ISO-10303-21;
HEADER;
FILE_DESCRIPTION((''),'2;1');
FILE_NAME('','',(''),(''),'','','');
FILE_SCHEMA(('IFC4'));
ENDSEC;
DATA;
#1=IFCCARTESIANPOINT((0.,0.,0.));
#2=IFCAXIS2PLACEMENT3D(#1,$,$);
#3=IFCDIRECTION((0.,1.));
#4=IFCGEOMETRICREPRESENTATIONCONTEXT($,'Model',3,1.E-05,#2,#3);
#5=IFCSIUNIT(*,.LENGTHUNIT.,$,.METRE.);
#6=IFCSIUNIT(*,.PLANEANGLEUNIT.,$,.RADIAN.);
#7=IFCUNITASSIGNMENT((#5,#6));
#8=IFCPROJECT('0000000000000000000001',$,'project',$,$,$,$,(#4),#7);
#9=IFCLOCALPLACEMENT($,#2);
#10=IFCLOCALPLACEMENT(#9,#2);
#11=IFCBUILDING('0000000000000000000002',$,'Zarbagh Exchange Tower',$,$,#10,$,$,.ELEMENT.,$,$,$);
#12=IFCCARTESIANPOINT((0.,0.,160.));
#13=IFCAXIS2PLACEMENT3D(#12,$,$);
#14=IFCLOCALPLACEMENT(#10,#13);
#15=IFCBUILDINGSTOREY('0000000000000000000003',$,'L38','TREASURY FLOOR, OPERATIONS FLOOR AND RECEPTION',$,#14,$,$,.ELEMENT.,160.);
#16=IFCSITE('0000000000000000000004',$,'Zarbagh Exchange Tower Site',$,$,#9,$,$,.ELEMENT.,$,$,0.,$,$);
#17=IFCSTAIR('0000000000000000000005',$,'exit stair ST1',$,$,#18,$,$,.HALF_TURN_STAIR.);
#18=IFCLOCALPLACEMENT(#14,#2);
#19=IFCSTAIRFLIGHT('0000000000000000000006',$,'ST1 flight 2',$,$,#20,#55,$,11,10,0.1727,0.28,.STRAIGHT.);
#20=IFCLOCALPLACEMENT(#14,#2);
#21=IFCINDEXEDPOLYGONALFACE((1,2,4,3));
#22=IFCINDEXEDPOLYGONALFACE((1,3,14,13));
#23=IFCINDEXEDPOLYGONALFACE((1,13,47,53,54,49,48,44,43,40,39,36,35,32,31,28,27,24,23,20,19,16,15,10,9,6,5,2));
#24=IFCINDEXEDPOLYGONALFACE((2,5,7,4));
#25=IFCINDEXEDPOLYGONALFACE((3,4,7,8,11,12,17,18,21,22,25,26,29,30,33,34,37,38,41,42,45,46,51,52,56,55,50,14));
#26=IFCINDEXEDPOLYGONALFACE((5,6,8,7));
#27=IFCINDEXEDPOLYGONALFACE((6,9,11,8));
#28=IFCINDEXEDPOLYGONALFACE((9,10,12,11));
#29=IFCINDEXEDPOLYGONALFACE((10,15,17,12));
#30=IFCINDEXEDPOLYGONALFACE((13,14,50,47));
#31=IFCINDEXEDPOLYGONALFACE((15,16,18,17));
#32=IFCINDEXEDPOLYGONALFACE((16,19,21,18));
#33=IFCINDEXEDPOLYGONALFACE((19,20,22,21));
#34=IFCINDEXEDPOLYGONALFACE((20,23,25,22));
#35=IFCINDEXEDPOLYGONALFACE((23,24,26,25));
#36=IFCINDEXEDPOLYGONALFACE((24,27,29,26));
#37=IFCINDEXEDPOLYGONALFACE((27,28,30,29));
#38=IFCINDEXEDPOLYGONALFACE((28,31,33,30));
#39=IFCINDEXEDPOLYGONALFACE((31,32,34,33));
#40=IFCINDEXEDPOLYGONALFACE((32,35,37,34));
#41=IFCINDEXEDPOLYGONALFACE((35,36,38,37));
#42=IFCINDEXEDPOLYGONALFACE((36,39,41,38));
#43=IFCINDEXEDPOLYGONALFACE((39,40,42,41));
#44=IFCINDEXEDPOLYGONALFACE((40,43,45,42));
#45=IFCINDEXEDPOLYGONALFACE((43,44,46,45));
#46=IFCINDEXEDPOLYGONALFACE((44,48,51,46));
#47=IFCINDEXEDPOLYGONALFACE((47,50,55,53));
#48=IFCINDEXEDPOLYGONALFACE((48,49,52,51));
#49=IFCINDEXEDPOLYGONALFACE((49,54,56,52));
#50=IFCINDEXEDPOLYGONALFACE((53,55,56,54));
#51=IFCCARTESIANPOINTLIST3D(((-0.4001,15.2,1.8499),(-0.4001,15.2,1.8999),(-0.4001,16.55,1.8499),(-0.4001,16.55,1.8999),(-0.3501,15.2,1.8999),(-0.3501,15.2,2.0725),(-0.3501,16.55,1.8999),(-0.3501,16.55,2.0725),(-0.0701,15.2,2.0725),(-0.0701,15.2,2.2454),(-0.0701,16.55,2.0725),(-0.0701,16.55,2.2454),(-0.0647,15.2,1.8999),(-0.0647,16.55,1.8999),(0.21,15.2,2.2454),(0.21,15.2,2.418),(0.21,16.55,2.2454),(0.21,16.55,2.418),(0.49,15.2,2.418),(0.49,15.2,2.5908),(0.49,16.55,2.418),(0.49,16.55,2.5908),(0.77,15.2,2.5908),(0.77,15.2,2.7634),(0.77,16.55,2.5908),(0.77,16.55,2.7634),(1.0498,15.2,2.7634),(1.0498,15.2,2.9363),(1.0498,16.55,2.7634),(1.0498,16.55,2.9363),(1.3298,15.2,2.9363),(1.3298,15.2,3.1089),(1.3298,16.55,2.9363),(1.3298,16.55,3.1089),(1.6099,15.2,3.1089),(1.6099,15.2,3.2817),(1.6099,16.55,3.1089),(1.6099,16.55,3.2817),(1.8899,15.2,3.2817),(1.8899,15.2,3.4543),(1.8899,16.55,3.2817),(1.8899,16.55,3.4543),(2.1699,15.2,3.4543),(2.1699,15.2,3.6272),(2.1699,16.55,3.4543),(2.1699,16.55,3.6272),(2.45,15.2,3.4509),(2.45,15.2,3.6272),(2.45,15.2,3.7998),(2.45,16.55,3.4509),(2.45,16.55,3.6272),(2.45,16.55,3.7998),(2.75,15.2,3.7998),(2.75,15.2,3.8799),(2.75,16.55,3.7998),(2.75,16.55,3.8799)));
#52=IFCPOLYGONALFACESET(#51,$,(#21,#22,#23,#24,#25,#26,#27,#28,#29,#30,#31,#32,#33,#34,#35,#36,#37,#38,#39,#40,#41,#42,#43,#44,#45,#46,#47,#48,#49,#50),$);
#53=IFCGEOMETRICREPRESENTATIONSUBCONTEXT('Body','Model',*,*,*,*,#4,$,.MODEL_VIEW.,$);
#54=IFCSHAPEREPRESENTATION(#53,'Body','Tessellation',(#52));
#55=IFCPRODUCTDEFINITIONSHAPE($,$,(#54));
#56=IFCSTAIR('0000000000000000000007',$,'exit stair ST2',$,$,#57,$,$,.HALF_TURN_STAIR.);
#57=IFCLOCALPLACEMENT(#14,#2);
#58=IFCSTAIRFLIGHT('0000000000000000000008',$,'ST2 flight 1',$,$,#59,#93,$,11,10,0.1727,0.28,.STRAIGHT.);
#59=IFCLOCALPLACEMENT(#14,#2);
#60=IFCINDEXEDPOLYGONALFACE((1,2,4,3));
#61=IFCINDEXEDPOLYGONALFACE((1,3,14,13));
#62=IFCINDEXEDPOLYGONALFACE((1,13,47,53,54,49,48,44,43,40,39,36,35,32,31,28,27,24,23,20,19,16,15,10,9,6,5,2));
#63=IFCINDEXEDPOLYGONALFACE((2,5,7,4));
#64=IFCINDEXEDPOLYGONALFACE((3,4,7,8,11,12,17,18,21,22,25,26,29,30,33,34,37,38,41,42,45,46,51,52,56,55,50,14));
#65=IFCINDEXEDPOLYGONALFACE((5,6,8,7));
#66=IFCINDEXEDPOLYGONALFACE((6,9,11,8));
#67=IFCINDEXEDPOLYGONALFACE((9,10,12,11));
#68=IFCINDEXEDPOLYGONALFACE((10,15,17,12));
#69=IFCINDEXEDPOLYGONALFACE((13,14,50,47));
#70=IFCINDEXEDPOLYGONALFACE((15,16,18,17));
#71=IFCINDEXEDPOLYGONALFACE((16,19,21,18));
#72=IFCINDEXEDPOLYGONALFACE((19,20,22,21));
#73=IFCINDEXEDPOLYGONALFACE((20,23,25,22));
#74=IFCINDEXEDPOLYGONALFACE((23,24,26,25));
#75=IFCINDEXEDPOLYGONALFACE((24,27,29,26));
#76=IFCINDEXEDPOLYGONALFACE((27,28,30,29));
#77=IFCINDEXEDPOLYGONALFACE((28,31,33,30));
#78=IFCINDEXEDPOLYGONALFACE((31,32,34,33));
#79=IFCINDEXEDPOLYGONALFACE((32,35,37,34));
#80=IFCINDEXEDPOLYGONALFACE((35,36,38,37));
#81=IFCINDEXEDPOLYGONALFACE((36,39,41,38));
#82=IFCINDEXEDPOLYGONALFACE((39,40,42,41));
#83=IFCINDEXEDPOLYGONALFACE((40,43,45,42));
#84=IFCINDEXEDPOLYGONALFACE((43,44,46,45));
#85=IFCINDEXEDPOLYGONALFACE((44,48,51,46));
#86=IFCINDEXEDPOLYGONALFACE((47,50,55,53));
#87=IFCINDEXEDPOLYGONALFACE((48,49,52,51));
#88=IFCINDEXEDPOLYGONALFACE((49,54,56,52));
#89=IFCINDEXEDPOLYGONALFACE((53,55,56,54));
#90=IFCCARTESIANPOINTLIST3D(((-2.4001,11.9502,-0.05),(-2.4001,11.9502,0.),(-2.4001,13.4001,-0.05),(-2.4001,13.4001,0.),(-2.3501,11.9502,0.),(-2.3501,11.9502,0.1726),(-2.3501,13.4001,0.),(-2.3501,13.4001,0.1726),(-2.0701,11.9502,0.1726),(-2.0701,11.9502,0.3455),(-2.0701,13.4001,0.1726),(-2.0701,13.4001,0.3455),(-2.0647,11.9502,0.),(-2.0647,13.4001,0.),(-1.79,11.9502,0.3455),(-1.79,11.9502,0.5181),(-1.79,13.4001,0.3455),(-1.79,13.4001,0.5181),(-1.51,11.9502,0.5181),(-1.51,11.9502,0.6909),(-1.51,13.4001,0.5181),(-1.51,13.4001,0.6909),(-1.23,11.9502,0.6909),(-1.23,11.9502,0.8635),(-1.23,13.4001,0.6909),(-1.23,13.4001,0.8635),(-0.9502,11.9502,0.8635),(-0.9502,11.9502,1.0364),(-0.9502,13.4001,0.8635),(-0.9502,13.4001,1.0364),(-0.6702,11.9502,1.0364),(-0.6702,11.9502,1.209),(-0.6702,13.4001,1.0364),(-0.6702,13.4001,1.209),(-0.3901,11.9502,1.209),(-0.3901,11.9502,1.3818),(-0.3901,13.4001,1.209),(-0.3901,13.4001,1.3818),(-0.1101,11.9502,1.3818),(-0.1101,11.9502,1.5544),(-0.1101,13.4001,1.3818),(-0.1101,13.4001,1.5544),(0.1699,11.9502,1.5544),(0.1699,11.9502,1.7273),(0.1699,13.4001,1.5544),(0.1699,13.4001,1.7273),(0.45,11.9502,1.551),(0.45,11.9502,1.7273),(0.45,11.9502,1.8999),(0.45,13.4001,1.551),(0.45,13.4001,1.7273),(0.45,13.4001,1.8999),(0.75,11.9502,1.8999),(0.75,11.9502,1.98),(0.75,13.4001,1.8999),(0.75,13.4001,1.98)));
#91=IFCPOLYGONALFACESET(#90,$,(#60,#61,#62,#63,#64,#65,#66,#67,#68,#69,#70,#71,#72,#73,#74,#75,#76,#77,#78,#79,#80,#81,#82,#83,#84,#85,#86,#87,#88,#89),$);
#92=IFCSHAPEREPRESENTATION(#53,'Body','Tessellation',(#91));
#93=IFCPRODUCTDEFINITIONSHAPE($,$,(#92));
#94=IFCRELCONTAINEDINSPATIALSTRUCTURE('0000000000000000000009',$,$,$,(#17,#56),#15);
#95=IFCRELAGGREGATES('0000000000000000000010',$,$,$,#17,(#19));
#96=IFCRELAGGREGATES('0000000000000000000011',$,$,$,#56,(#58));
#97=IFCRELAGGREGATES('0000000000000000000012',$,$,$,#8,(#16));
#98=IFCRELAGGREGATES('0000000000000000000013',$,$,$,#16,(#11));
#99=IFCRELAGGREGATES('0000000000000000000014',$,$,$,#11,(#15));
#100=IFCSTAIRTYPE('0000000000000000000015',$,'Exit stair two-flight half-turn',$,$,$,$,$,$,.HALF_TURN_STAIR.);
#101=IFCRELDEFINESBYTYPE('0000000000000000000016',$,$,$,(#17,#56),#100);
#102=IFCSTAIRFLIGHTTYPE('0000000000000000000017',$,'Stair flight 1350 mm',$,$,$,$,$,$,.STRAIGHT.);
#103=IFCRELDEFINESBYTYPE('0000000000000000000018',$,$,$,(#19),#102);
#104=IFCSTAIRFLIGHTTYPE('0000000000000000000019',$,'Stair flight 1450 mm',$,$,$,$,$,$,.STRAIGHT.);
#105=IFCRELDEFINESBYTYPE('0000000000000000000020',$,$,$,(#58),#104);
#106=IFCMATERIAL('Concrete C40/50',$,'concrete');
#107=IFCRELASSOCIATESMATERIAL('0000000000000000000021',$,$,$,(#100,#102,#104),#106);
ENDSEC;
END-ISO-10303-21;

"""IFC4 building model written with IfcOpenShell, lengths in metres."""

from ifc_helpers import new_model, si_unit, direction, frame, origin, place, context, subcontext, project, spatial, polyline, outline, extrude, material, type_object, element, aggregate, save


model = new_model("IFC4")

# Units and contexts
model_context = context("Model", 3, precision=1e-05, world=origin(), true_north=direction((0.0, 1.0)))
body_context = subcontext(model_context, "Body", "Model", "MODEL_VIEW")
ifc_project = project(units=[si_unit("LENGTHUNIT", "METRE"), si_unit("PLANEANGLEUNIT", "RADIAN")], contexts=[model_context])

# Site, building, storey
site_placement = place(None, origin())
site = spatial("IfcSite", under=ifc_project, at=site_placement, Name="Zarbagh Exchange Tower Site", CompositionType="ELEMENT", RefElevation=0.0)
building_placement = place(site_placement, origin())
building = spatial("IfcBuilding", under=site, at=building_placement, Name="Zarbagh Exchange Tower", CompositionType="ELEMENT")
storey_placement = place(building_placement, frame((0.0, 0.0, 160.0)))
storey = spatial("IfcBuildingStorey", under=building, at=storey_placement, Name="L38", Description="TREASURY FLOOR, OPERATIONS FLOOR AND RECEPTION", CompositionType="ELEMENT", Elevation=160.0)

# Stairs, stair flights
ifc_material_1 = material(Name="Concrete C40/50", Category="concrete")
stair_type = type_object("IfcStairType", Name="Exit stair two-flight half-turn", PredefinedType="HALF_TURN_STAIR", material=ifc_material_1)
stair_1_placement = place(storey_placement, origin())
stair_1 = element("IfcStair", 1, at=stair_1_placement, inside=storey, type_object=stair_type, Name="exit stair ST1", PredefinedType="HALF_TURN_STAIR")
stair_flight_type_1 = type_object("IfcStairFlightType", Name="Stair flight 1350 mm", PredefinedType="STRAIGHT", material=ifc_material_1)
stair_flight_1_placement = place(storey_placement, frame((-0.3501, 15.875, 1.8999), z_axis=(0.0, 0.0, 1.0), x_axis=(1.0, 0.0, 0.0)))
stair_flight_1 = element("IfcStairFlight", 2, at=stair_flight_1_placement, type_object=stair_flight_type_1, Name="ST1 flight 2", NumberOfRisers=11, NumberOfTreads=10, PredefinedType="STRAIGHT", RiserHeight=0.1727, TreadLength=0.28, context=body_context, shape_type="SweptSolid", body=[
    extrude(outline(polyline([(-0.05, -0.05), (-0.05, 0.0), (0.0, 0.0), (0.0, 0.1726), (0.28, 0.1726), (0.28, 0.3455), (0.5601, 0.3455), (0.5601, 0.5181), (0.8401, 0.5181), (0.8401, 0.6909), (1.1201, 0.6909), (1.1201, 0.8635), (1.3999, 0.8635), (1.3999, 1.0364), (1.6799, 1.0364), (1.6799, 1.209), (1.96, 1.209), (1.96, 1.3818), (2.24, 1.3818), (2.24, 1.5544), (2.52, 1.5544), (2.52, 1.7273), (2.8, 1.7273), (2.8, 1.8999), (3.1001, 1.98), (3.1001, 1.8999), (2.8, 1.551), (0.2854, 0.0), (-0.05, -0.05)])), frame((0.0, 0.675, 0.0), z_axis=(0.0, -1.0, 0.0), x_axis=(1.0, 0.0, 0.0)), (0.0, 0.0, 1.0), 1.3501),
])
aggregate(stair_1, [stair_flight_1])
stair_2_placement = place(storey_placement, origin())
stair_2 = element("IfcStair", 3, at=stair_2_placement, inside=storey, type_object=stair_type, Name="exit stair ST2", PredefinedType="HALF_TURN_STAIR")
stair_flight_type_2 = type_object("IfcStairFlightType", Name="Stair flight 1450 mm", PredefinedType="STRAIGHT", material=ifc_material_1)
stair_flight_2_placement = place(storey_placement, frame((-2.3501, 12.675, 0.0), z_axis=(0.0, 0.0, 1.0), x_axis=(1.0, 0.0, 0.0)))
stair_flight_2 = element("IfcStairFlight", 4, at=stair_flight_2_placement, type_object=stair_flight_type_2, Name="ST2 flight 1", NumberOfRisers=11, NumberOfTreads=10, PredefinedType="STRAIGHT", RiserHeight=0.1727, TreadLength=0.28, context=body_context, shape_type="SweptSolid", body=[
    extrude(outline(polyline([(-0.05, -0.05), (-0.05, 0.0), (0.0, 0.0), (0.0, 0.1726), (0.28, 0.1726), (0.28, 0.3455), (0.5601, 0.3455), (0.5601, 0.5181), (0.8401, 0.5181), (0.8401, 0.6909), (1.1201, 0.6909), (1.1201, 0.8635), (1.3999, 0.8635), (1.3999, 1.0364), (1.6799, 1.0364), (1.6799, 1.209), (1.96, 1.209), (1.96, 1.3818), (2.24, 1.3818), (2.24, 1.5544), (2.52, 1.5544), (2.52, 1.7273), (2.8, 1.7273), (2.8, 1.8999), (3.1001, 1.98), (3.1001, 1.8999), (2.8, 1.551), (0.2854, 0.0), (-0.05, -0.05)])), frame((0.0, 0.7251, 0.0), z_axis=(0.0, -1.0, 0.0), x_axis=(1.0, 0.0, 0.0)), (0.0, 0.0, 1.0), 1.45),
])
aggregate(stair_2, [stair_flight_2])

save(model, "model.ifc")
